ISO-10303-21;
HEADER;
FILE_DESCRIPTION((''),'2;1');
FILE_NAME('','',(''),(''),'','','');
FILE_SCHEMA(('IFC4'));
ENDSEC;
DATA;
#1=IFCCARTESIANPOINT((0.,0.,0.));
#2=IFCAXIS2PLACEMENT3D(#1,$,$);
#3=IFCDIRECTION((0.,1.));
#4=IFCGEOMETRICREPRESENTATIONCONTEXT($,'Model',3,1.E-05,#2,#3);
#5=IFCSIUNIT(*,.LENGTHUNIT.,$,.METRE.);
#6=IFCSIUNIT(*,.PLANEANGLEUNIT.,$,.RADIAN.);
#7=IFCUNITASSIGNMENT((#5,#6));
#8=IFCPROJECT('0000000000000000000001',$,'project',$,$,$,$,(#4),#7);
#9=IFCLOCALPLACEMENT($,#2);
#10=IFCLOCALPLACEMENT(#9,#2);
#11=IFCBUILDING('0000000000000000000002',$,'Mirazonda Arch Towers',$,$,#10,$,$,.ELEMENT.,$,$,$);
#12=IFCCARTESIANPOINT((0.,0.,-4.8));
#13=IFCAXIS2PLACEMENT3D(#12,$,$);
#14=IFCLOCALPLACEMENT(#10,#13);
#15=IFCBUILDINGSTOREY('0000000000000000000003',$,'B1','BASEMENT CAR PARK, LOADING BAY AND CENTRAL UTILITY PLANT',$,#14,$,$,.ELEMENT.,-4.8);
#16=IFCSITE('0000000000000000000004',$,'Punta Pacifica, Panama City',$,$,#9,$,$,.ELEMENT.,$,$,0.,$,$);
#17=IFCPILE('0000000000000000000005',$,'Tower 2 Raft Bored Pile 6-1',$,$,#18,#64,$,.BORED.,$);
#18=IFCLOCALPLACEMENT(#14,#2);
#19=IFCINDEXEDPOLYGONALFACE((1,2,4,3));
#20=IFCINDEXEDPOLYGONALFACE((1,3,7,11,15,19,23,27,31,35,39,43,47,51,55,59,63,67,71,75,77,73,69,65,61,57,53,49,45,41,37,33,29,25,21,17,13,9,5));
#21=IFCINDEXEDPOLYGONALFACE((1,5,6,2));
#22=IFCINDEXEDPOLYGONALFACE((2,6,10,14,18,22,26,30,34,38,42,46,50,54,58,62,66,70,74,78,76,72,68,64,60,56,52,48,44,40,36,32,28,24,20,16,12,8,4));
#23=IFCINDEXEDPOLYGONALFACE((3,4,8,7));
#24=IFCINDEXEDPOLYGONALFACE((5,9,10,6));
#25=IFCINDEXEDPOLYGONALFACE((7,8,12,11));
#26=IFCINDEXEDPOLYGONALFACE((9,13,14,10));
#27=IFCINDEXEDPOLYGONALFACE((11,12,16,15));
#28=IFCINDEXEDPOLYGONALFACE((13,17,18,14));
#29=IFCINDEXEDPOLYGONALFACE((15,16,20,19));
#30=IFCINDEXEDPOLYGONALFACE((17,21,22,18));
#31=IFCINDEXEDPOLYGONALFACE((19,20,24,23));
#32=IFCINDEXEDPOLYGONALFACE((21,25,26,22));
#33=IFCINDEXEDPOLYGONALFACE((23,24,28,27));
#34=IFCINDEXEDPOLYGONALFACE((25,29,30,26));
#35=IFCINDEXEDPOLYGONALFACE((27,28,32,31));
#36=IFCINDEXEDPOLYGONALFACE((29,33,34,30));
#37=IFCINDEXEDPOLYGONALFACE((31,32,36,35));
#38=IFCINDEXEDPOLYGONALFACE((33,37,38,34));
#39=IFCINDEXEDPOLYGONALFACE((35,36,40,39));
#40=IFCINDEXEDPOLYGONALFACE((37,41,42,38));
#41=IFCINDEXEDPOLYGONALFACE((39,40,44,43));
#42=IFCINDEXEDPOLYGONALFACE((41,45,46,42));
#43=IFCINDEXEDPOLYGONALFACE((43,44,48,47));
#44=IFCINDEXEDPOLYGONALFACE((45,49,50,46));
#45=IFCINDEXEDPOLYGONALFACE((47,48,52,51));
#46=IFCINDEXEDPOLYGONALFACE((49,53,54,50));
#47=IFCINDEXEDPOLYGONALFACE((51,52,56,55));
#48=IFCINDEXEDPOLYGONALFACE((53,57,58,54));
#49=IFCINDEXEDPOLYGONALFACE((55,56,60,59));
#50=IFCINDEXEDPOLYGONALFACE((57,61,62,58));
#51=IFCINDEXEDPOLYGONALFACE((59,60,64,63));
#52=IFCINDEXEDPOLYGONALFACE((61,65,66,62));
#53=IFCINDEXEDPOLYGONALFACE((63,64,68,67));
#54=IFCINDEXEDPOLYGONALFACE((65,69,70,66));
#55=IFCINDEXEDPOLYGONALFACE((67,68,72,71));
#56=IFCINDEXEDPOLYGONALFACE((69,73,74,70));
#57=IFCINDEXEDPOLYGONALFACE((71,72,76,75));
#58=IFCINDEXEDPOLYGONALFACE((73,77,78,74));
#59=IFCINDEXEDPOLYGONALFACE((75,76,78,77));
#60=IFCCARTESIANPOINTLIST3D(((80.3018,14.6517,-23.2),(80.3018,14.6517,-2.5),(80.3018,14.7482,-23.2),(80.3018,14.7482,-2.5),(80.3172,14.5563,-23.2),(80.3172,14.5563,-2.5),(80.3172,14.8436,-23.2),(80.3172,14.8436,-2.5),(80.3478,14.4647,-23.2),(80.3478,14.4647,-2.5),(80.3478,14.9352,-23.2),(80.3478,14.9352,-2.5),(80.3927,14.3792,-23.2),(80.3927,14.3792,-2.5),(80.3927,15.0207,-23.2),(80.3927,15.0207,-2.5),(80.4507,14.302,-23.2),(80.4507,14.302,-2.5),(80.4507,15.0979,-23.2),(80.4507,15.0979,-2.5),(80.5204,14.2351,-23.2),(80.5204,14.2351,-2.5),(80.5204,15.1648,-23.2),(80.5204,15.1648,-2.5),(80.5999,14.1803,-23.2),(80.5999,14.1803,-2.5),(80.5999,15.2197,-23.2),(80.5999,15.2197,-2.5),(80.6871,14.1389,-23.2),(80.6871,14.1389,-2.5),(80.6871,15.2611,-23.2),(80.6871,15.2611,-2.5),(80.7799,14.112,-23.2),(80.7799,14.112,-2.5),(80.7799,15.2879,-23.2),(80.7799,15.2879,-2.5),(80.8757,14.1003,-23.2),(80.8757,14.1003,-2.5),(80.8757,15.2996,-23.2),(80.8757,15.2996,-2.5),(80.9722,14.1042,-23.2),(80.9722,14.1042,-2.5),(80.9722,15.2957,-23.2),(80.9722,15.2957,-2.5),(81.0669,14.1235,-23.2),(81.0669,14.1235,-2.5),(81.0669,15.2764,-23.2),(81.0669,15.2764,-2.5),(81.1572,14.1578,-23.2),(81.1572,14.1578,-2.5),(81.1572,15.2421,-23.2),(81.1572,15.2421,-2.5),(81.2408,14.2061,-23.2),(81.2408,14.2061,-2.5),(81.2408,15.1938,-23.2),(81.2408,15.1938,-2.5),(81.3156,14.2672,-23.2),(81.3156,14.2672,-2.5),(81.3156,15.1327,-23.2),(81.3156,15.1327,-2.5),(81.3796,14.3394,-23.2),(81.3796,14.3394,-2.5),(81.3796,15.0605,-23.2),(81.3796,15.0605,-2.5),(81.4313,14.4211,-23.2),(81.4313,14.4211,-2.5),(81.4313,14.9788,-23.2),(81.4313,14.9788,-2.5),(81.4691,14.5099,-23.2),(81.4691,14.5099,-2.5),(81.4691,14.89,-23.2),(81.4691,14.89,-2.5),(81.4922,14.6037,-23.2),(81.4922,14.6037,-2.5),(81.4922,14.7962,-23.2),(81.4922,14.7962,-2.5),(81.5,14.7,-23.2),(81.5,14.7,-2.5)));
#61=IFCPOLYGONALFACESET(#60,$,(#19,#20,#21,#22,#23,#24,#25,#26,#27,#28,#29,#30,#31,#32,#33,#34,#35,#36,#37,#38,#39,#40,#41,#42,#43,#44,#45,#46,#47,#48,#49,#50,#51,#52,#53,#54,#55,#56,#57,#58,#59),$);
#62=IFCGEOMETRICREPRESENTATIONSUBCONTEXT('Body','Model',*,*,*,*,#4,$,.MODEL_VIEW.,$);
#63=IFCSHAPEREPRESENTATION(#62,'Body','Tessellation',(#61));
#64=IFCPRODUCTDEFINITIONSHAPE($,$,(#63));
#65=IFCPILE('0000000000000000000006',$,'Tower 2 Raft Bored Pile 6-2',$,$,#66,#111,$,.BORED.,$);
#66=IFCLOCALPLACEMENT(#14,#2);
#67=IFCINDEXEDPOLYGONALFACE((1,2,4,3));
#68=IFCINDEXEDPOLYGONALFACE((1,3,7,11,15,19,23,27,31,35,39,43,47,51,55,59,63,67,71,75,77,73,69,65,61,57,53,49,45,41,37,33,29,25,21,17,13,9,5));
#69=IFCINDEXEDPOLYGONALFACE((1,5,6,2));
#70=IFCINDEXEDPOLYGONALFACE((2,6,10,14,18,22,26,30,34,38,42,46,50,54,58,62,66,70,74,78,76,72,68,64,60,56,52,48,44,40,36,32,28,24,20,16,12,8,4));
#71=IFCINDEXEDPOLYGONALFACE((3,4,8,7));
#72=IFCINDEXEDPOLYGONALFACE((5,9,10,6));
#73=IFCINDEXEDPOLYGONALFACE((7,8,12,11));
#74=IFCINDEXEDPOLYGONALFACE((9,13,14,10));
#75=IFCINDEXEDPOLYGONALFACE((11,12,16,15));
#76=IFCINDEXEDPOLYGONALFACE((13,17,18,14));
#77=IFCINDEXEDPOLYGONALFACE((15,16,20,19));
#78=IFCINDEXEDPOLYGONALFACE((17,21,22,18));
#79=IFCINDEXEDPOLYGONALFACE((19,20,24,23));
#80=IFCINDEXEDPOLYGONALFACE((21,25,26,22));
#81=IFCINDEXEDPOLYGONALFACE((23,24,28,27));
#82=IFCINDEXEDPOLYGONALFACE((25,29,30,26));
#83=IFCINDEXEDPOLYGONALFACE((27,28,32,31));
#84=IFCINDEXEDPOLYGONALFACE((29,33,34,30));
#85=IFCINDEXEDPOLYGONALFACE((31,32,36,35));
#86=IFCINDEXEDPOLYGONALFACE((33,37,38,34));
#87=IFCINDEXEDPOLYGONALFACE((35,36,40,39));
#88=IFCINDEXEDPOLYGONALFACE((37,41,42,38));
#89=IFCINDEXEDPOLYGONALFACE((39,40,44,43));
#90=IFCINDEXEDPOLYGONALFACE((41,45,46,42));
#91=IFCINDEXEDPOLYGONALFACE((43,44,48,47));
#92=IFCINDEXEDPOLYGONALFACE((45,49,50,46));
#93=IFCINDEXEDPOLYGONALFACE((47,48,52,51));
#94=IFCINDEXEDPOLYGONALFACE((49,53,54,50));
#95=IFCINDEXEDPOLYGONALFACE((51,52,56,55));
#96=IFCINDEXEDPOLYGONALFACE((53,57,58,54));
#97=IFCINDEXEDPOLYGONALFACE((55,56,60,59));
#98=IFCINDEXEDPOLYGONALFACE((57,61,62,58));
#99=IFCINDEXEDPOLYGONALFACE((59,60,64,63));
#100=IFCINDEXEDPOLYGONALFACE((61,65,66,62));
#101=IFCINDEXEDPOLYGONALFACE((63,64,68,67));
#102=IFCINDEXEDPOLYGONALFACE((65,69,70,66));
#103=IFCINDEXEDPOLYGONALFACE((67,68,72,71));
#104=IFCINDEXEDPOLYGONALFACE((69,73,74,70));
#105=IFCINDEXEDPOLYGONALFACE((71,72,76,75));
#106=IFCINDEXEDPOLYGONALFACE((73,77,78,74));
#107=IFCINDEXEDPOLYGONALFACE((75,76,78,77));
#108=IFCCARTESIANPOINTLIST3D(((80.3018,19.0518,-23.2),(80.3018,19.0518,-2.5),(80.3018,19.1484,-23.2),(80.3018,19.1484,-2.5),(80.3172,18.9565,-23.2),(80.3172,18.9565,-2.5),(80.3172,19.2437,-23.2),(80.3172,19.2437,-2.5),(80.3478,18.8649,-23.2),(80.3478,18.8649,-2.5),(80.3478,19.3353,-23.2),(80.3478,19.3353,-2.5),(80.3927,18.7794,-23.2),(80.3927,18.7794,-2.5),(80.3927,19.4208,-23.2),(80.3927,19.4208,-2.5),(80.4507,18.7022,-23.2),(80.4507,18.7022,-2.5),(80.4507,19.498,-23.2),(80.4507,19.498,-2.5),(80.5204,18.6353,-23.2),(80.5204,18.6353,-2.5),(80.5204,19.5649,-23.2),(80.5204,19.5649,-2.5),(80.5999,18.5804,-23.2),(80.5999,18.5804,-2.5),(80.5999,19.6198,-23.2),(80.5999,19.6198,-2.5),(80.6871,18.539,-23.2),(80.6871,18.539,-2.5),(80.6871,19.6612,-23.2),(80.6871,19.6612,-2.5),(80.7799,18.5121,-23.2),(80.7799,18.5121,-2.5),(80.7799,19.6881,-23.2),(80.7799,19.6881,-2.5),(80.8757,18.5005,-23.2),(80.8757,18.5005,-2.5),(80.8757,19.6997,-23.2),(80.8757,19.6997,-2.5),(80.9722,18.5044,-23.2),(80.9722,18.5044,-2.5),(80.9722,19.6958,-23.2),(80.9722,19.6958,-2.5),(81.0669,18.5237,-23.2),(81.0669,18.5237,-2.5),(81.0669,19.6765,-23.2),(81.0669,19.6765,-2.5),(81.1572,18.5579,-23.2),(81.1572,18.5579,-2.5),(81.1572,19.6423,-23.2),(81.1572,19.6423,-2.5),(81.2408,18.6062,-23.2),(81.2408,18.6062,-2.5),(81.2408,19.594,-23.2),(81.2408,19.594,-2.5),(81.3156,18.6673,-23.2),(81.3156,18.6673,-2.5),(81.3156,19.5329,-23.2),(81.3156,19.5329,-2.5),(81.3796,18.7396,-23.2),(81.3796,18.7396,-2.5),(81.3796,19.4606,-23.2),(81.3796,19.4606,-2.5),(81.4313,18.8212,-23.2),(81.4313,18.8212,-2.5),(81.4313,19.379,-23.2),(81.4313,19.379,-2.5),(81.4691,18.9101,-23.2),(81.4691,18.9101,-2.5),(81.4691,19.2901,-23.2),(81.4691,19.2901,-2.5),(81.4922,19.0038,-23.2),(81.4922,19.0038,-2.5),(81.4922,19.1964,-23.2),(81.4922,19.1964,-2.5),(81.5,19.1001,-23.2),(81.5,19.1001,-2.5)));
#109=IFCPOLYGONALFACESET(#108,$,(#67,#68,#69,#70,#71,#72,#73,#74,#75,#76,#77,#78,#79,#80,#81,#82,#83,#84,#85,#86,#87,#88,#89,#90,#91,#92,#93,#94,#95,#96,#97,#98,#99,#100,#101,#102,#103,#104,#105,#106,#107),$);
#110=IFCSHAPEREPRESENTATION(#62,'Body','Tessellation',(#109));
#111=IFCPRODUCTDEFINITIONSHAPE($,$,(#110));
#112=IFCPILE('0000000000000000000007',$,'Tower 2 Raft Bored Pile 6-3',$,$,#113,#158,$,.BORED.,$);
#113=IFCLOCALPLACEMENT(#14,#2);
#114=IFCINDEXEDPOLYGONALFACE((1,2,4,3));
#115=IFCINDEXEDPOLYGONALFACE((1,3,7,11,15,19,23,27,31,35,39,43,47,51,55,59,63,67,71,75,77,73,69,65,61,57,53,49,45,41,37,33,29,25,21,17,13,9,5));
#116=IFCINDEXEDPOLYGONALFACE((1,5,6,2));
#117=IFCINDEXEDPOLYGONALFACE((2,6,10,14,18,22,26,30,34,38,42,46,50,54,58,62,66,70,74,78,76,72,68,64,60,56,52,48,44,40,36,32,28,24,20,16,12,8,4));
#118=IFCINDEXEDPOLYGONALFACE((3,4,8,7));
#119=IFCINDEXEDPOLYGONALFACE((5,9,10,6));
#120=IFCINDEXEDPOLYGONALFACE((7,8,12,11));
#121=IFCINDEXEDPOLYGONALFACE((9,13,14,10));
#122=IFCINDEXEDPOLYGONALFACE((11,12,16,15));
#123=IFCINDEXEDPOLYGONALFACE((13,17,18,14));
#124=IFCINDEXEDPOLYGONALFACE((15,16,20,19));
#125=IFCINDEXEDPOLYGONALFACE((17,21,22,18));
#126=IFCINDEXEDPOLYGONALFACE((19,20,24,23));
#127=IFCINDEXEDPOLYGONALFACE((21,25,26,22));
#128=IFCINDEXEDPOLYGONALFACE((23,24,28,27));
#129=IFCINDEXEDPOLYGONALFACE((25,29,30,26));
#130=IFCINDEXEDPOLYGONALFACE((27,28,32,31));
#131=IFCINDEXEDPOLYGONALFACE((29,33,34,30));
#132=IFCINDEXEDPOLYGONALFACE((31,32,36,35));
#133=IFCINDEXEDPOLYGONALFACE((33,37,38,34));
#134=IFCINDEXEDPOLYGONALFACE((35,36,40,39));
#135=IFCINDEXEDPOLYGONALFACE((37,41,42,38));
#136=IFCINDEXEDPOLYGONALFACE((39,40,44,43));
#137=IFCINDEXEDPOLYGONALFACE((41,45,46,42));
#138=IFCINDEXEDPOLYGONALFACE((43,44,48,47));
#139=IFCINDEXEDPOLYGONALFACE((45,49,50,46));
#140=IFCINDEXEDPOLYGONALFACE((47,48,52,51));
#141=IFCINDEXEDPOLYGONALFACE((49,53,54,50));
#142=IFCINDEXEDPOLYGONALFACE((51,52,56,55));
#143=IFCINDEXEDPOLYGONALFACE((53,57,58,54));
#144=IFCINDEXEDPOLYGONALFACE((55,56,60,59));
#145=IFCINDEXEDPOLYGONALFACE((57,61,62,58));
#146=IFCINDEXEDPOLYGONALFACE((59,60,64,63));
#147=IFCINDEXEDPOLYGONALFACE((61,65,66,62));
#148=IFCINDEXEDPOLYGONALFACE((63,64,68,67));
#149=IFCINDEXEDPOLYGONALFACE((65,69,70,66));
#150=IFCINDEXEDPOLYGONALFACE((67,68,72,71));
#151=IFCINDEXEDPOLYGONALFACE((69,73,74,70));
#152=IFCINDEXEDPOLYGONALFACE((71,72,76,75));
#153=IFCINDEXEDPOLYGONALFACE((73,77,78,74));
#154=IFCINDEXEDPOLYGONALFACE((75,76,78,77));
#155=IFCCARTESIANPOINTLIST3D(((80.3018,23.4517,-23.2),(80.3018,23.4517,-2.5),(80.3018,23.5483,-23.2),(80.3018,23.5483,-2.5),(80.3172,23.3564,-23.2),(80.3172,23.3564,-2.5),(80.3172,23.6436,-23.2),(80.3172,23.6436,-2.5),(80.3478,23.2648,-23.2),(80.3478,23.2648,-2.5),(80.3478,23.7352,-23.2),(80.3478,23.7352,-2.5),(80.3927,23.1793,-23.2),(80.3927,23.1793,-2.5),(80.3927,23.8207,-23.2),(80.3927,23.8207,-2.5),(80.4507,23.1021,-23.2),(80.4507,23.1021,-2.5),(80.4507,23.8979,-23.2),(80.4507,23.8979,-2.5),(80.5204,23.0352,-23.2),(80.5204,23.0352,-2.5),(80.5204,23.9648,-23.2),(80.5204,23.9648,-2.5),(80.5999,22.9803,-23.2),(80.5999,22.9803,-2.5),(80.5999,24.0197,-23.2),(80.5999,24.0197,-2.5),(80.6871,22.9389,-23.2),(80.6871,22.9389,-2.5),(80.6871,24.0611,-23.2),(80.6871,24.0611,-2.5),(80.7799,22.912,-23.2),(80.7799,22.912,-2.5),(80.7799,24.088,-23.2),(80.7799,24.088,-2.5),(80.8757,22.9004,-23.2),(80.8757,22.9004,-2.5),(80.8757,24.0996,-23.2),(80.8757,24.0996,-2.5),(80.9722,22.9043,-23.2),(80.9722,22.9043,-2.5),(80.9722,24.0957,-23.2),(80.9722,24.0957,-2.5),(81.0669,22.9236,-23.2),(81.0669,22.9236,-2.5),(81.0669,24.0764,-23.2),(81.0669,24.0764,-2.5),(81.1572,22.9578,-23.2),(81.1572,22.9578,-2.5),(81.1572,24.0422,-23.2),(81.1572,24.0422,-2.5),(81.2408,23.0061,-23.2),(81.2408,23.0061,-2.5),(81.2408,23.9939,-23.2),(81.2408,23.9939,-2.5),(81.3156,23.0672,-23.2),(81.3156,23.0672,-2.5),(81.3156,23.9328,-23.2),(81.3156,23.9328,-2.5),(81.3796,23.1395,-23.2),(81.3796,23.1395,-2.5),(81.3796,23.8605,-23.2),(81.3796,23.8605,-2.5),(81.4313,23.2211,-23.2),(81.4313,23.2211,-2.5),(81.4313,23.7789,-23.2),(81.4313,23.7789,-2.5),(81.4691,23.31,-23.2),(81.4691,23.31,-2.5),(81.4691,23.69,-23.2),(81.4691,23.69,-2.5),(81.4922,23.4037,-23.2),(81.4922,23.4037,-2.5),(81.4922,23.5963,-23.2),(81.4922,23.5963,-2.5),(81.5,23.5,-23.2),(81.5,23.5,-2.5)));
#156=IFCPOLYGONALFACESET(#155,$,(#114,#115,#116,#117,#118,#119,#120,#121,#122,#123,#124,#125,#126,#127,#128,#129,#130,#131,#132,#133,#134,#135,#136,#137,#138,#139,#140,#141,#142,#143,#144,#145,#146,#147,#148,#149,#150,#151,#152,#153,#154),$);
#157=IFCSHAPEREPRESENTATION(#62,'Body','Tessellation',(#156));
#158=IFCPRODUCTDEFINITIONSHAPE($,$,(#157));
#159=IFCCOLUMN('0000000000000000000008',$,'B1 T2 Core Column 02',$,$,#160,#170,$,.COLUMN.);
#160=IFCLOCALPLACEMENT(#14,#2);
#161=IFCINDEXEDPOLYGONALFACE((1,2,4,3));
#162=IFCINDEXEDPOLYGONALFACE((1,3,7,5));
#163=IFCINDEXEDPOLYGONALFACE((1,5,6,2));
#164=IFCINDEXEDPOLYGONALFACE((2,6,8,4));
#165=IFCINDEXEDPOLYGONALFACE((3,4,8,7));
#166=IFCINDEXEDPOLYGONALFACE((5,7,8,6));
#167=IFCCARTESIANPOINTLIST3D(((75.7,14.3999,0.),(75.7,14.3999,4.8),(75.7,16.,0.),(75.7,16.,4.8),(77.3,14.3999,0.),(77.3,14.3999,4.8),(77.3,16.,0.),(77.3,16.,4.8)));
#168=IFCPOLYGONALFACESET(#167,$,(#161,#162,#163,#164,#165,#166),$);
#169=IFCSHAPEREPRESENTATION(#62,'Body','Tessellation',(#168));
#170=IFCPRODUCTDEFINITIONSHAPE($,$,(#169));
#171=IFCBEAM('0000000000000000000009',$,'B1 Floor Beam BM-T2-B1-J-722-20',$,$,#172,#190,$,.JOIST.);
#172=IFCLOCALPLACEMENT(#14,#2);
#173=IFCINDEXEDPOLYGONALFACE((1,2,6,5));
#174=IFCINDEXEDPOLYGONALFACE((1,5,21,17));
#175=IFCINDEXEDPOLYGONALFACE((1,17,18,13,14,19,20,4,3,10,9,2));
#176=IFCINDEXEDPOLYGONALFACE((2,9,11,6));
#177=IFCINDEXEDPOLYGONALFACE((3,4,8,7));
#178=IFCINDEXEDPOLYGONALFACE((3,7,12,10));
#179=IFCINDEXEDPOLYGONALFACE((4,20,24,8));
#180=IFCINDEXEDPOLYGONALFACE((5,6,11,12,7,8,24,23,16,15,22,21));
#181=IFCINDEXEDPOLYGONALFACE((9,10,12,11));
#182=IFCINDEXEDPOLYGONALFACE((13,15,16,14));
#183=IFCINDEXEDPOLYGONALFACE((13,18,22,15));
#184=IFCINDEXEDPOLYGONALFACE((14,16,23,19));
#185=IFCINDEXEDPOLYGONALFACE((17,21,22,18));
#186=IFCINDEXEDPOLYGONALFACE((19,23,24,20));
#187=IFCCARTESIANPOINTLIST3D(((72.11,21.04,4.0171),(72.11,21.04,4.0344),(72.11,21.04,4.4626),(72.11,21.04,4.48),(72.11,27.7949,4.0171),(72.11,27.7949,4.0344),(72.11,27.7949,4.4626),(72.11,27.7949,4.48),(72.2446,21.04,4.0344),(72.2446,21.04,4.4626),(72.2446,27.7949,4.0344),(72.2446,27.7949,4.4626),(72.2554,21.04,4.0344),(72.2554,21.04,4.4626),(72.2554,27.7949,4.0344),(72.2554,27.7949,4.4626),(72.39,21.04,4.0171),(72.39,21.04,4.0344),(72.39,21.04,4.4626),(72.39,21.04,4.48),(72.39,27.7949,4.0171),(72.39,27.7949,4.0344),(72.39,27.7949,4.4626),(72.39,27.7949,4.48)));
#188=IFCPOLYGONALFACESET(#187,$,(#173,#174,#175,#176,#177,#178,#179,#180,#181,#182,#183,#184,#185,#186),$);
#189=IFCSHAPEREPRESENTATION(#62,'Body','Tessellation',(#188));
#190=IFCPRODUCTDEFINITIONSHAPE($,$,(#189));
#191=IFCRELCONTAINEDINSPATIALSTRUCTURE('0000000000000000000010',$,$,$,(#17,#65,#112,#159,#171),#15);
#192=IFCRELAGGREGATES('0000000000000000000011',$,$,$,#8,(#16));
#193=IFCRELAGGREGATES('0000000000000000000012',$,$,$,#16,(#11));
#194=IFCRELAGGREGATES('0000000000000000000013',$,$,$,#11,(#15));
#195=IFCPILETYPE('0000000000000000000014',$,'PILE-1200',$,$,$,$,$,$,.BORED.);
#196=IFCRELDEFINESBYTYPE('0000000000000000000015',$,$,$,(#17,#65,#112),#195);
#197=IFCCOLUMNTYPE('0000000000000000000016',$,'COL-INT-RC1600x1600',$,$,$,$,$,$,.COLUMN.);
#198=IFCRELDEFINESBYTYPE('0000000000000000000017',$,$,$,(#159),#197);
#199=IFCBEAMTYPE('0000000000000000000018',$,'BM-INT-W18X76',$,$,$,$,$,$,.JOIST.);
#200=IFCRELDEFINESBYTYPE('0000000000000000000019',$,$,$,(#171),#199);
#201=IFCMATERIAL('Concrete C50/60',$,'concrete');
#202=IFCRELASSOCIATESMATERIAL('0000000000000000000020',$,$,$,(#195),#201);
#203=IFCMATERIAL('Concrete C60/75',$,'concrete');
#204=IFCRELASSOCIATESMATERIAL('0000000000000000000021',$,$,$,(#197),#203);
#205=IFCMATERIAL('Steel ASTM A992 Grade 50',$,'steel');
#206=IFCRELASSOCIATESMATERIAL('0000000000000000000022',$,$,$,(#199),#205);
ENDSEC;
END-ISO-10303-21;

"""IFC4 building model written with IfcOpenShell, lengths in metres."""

from ifc_helpers import new_model, si_unit, direction, frame, origin, origin_2d, place, context, subcontext, project, spatial, rectangle, circle, i_section, extrude, material, material_profile, profile_set, type_object, element, save


model = new_model("IFC4")

# Units and contexts
model_context = context("Model", 3, precision=1e-05, world=origin(), true_north=direction((0.0, 1.0)))
body_context = subcontext(model_context, "Body", "Model", "MODEL_VIEW")
ifc_project = project(units=[si_unit("LENGTHUNIT", "METRE"), si_unit("PLANEANGLEUNIT", "RADIAN")], contexts=[model_context])

# Site, building, storey
site_placement = place(None, origin())
site = spatial("IfcSite", under=ifc_project, at=site_placement, Name="Punta Pacifica, Panama City", CompositionType="ELEMENT", RefElevation=0.0)
building_placement = place(site_placement, origin())
building = spatial("IfcBuilding", under=site, at=building_placement, Name="Mirazonda Arch Towers", CompositionType="ELEMENT")
storey_placement = place(building_placement, frame((0.0, 0.0, -4.8)))
storey = spatial("IfcBuildingStorey", under=building, at=storey_placement, Name="B1", Description="BASEMENT CAR PARK, LOADING BAY AND CENTRAL UTILITY PLANT", CompositionType="ELEMENT", Elevation=-4.8)

# Piles
ifc_material_1 = material(Name="Concrete C50/60", Category="concrete")
ifc_material_profile_1 = material_profile(ifc_material_1, circle(Radius=0.6001, at=origin_2d()), Name="BORED-D1200")
ifc_profile_set_1 = profile_set([ifc_material_profile_1], Name="Concrete C50/60")
pile_type_1 = type_object("IfcPileType", Name="PILE-1200", PredefinedType="BORED", material=ifc_profile_set_1)
for number, where, z_axis, x_axis, name in (
    (1, (80.8999, 14.7, -2.5), (0.0, 0.0, -1.0), (1.0, 0.0, 0.0), "Tower 2 Raft Bored Pile 6-1"),
    (2, (80.8999, 19.1001, -2.5), (0.0, 0.0, -1.0), (1.0, 0.0, 0.0), "Tower 2 Raft Bored Pile 6-2"),
    (3, (80.8999, 23.5, -2.5), (0.0, 0.0, -1.0), (1.0, 0.0, 0.0), "Tower 2 Raft Bored Pile 6-3"),
):
    element("IfcPile", number, at=place(storey_placement, frame(where, z_axis=z_axis, x_axis=x_axis)), inside=storey, type_object=pile_type_1, Name=name, PredefinedType="BORED", context=body_context, shape_type="SweptSolid", body=[
        extrude(circle(Radius=0.6001, at=origin_2d()), origin(), (0.0, 0.0, 1.0), 20.7),
    ])

# Column
ifc_material_2 = material(Name="Concrete C60/75", Category="concrete")
ifc_material_profile_2 = material_profile(ifc_material_2, rectangle(XDim=1.6001, YDim=1.6001, at=origin_2d()), Name="RC1600x1600")
ifc_profile_set_2 = profile_set([ifc_material_profile_2], Name="Concrete C60/75")
column_type = type_object("IfcColumnType", Name="COL-INT-RC1600x1600", PredefinedType="COLUMN", material=ifc_profile_set_2)
column_placement = place(storey_placement, frame((76.5, 15.2, 0.0), z_axis=(0.0, 0.0, 1.0), x_axis=(1.0, 0.0, 0.0)))
element("IfcColumn", 4, at=column_placement, inside=storey, type_object=column_type, Name="B1 T2 Core Column 02", PredefinedType="COLUMN", context=body_context, shape_type="SweptSolid", body=[
    extrude(rectangle(XDim=1.6001, YDim=1.6001, at=origin_2d()), origin(), (0.0, 0.0, 1.0), 4.8),
])

# Beam
ifc_material_3 = material(Name="Steel ASTM A992 Grade 50", Category="steel")
ifc_material_profile_3 = material_profile(ifc_material_3, i_section(OverallWidth=0.28, OverallDepth=0.4629, WebThickness=0.0107, FlangeThickness=0.0173, at=origin_2d()), Name="W18X76")
ifc_profile_set_3 = profile_set([ifc_material_profile_3], Name="Steel ASTM A992 Grade 50")
beam_type_1 = type_object("IfcBeamType", Name="BM-INT-W18X76", PredefinedType="JOIST", material=ifc_profile_set_3)
for number, where, z_axis, x_axis, name in (
    (5, (72.25, 21.04, 4.2485), (0.0, 1.0, 0.0), (-1.0, 0.0, 0.0), "B1 Floor Beam BM-T2-B1-J-722-20"),
):
    element("IfcBeam", number, at=place(storey_placement, frame(where, z_axis=z_axis, x_axis=x_axis)), inside=storey, type_object=beam_type_1, Name=name, PredefinedType="JOIST", context=body_context, shape_type="SweptSolid", body=[
        extrude(i_section(OverallWidth=0.28, OverallDepth=0.4629, WebThickness=0.0107, FlangeThickness=0.0173, at=origin_2d()), origin(), (0.0, 0.0, 1.0), 6.7549),
    ])

save(model, "model.ifc")
